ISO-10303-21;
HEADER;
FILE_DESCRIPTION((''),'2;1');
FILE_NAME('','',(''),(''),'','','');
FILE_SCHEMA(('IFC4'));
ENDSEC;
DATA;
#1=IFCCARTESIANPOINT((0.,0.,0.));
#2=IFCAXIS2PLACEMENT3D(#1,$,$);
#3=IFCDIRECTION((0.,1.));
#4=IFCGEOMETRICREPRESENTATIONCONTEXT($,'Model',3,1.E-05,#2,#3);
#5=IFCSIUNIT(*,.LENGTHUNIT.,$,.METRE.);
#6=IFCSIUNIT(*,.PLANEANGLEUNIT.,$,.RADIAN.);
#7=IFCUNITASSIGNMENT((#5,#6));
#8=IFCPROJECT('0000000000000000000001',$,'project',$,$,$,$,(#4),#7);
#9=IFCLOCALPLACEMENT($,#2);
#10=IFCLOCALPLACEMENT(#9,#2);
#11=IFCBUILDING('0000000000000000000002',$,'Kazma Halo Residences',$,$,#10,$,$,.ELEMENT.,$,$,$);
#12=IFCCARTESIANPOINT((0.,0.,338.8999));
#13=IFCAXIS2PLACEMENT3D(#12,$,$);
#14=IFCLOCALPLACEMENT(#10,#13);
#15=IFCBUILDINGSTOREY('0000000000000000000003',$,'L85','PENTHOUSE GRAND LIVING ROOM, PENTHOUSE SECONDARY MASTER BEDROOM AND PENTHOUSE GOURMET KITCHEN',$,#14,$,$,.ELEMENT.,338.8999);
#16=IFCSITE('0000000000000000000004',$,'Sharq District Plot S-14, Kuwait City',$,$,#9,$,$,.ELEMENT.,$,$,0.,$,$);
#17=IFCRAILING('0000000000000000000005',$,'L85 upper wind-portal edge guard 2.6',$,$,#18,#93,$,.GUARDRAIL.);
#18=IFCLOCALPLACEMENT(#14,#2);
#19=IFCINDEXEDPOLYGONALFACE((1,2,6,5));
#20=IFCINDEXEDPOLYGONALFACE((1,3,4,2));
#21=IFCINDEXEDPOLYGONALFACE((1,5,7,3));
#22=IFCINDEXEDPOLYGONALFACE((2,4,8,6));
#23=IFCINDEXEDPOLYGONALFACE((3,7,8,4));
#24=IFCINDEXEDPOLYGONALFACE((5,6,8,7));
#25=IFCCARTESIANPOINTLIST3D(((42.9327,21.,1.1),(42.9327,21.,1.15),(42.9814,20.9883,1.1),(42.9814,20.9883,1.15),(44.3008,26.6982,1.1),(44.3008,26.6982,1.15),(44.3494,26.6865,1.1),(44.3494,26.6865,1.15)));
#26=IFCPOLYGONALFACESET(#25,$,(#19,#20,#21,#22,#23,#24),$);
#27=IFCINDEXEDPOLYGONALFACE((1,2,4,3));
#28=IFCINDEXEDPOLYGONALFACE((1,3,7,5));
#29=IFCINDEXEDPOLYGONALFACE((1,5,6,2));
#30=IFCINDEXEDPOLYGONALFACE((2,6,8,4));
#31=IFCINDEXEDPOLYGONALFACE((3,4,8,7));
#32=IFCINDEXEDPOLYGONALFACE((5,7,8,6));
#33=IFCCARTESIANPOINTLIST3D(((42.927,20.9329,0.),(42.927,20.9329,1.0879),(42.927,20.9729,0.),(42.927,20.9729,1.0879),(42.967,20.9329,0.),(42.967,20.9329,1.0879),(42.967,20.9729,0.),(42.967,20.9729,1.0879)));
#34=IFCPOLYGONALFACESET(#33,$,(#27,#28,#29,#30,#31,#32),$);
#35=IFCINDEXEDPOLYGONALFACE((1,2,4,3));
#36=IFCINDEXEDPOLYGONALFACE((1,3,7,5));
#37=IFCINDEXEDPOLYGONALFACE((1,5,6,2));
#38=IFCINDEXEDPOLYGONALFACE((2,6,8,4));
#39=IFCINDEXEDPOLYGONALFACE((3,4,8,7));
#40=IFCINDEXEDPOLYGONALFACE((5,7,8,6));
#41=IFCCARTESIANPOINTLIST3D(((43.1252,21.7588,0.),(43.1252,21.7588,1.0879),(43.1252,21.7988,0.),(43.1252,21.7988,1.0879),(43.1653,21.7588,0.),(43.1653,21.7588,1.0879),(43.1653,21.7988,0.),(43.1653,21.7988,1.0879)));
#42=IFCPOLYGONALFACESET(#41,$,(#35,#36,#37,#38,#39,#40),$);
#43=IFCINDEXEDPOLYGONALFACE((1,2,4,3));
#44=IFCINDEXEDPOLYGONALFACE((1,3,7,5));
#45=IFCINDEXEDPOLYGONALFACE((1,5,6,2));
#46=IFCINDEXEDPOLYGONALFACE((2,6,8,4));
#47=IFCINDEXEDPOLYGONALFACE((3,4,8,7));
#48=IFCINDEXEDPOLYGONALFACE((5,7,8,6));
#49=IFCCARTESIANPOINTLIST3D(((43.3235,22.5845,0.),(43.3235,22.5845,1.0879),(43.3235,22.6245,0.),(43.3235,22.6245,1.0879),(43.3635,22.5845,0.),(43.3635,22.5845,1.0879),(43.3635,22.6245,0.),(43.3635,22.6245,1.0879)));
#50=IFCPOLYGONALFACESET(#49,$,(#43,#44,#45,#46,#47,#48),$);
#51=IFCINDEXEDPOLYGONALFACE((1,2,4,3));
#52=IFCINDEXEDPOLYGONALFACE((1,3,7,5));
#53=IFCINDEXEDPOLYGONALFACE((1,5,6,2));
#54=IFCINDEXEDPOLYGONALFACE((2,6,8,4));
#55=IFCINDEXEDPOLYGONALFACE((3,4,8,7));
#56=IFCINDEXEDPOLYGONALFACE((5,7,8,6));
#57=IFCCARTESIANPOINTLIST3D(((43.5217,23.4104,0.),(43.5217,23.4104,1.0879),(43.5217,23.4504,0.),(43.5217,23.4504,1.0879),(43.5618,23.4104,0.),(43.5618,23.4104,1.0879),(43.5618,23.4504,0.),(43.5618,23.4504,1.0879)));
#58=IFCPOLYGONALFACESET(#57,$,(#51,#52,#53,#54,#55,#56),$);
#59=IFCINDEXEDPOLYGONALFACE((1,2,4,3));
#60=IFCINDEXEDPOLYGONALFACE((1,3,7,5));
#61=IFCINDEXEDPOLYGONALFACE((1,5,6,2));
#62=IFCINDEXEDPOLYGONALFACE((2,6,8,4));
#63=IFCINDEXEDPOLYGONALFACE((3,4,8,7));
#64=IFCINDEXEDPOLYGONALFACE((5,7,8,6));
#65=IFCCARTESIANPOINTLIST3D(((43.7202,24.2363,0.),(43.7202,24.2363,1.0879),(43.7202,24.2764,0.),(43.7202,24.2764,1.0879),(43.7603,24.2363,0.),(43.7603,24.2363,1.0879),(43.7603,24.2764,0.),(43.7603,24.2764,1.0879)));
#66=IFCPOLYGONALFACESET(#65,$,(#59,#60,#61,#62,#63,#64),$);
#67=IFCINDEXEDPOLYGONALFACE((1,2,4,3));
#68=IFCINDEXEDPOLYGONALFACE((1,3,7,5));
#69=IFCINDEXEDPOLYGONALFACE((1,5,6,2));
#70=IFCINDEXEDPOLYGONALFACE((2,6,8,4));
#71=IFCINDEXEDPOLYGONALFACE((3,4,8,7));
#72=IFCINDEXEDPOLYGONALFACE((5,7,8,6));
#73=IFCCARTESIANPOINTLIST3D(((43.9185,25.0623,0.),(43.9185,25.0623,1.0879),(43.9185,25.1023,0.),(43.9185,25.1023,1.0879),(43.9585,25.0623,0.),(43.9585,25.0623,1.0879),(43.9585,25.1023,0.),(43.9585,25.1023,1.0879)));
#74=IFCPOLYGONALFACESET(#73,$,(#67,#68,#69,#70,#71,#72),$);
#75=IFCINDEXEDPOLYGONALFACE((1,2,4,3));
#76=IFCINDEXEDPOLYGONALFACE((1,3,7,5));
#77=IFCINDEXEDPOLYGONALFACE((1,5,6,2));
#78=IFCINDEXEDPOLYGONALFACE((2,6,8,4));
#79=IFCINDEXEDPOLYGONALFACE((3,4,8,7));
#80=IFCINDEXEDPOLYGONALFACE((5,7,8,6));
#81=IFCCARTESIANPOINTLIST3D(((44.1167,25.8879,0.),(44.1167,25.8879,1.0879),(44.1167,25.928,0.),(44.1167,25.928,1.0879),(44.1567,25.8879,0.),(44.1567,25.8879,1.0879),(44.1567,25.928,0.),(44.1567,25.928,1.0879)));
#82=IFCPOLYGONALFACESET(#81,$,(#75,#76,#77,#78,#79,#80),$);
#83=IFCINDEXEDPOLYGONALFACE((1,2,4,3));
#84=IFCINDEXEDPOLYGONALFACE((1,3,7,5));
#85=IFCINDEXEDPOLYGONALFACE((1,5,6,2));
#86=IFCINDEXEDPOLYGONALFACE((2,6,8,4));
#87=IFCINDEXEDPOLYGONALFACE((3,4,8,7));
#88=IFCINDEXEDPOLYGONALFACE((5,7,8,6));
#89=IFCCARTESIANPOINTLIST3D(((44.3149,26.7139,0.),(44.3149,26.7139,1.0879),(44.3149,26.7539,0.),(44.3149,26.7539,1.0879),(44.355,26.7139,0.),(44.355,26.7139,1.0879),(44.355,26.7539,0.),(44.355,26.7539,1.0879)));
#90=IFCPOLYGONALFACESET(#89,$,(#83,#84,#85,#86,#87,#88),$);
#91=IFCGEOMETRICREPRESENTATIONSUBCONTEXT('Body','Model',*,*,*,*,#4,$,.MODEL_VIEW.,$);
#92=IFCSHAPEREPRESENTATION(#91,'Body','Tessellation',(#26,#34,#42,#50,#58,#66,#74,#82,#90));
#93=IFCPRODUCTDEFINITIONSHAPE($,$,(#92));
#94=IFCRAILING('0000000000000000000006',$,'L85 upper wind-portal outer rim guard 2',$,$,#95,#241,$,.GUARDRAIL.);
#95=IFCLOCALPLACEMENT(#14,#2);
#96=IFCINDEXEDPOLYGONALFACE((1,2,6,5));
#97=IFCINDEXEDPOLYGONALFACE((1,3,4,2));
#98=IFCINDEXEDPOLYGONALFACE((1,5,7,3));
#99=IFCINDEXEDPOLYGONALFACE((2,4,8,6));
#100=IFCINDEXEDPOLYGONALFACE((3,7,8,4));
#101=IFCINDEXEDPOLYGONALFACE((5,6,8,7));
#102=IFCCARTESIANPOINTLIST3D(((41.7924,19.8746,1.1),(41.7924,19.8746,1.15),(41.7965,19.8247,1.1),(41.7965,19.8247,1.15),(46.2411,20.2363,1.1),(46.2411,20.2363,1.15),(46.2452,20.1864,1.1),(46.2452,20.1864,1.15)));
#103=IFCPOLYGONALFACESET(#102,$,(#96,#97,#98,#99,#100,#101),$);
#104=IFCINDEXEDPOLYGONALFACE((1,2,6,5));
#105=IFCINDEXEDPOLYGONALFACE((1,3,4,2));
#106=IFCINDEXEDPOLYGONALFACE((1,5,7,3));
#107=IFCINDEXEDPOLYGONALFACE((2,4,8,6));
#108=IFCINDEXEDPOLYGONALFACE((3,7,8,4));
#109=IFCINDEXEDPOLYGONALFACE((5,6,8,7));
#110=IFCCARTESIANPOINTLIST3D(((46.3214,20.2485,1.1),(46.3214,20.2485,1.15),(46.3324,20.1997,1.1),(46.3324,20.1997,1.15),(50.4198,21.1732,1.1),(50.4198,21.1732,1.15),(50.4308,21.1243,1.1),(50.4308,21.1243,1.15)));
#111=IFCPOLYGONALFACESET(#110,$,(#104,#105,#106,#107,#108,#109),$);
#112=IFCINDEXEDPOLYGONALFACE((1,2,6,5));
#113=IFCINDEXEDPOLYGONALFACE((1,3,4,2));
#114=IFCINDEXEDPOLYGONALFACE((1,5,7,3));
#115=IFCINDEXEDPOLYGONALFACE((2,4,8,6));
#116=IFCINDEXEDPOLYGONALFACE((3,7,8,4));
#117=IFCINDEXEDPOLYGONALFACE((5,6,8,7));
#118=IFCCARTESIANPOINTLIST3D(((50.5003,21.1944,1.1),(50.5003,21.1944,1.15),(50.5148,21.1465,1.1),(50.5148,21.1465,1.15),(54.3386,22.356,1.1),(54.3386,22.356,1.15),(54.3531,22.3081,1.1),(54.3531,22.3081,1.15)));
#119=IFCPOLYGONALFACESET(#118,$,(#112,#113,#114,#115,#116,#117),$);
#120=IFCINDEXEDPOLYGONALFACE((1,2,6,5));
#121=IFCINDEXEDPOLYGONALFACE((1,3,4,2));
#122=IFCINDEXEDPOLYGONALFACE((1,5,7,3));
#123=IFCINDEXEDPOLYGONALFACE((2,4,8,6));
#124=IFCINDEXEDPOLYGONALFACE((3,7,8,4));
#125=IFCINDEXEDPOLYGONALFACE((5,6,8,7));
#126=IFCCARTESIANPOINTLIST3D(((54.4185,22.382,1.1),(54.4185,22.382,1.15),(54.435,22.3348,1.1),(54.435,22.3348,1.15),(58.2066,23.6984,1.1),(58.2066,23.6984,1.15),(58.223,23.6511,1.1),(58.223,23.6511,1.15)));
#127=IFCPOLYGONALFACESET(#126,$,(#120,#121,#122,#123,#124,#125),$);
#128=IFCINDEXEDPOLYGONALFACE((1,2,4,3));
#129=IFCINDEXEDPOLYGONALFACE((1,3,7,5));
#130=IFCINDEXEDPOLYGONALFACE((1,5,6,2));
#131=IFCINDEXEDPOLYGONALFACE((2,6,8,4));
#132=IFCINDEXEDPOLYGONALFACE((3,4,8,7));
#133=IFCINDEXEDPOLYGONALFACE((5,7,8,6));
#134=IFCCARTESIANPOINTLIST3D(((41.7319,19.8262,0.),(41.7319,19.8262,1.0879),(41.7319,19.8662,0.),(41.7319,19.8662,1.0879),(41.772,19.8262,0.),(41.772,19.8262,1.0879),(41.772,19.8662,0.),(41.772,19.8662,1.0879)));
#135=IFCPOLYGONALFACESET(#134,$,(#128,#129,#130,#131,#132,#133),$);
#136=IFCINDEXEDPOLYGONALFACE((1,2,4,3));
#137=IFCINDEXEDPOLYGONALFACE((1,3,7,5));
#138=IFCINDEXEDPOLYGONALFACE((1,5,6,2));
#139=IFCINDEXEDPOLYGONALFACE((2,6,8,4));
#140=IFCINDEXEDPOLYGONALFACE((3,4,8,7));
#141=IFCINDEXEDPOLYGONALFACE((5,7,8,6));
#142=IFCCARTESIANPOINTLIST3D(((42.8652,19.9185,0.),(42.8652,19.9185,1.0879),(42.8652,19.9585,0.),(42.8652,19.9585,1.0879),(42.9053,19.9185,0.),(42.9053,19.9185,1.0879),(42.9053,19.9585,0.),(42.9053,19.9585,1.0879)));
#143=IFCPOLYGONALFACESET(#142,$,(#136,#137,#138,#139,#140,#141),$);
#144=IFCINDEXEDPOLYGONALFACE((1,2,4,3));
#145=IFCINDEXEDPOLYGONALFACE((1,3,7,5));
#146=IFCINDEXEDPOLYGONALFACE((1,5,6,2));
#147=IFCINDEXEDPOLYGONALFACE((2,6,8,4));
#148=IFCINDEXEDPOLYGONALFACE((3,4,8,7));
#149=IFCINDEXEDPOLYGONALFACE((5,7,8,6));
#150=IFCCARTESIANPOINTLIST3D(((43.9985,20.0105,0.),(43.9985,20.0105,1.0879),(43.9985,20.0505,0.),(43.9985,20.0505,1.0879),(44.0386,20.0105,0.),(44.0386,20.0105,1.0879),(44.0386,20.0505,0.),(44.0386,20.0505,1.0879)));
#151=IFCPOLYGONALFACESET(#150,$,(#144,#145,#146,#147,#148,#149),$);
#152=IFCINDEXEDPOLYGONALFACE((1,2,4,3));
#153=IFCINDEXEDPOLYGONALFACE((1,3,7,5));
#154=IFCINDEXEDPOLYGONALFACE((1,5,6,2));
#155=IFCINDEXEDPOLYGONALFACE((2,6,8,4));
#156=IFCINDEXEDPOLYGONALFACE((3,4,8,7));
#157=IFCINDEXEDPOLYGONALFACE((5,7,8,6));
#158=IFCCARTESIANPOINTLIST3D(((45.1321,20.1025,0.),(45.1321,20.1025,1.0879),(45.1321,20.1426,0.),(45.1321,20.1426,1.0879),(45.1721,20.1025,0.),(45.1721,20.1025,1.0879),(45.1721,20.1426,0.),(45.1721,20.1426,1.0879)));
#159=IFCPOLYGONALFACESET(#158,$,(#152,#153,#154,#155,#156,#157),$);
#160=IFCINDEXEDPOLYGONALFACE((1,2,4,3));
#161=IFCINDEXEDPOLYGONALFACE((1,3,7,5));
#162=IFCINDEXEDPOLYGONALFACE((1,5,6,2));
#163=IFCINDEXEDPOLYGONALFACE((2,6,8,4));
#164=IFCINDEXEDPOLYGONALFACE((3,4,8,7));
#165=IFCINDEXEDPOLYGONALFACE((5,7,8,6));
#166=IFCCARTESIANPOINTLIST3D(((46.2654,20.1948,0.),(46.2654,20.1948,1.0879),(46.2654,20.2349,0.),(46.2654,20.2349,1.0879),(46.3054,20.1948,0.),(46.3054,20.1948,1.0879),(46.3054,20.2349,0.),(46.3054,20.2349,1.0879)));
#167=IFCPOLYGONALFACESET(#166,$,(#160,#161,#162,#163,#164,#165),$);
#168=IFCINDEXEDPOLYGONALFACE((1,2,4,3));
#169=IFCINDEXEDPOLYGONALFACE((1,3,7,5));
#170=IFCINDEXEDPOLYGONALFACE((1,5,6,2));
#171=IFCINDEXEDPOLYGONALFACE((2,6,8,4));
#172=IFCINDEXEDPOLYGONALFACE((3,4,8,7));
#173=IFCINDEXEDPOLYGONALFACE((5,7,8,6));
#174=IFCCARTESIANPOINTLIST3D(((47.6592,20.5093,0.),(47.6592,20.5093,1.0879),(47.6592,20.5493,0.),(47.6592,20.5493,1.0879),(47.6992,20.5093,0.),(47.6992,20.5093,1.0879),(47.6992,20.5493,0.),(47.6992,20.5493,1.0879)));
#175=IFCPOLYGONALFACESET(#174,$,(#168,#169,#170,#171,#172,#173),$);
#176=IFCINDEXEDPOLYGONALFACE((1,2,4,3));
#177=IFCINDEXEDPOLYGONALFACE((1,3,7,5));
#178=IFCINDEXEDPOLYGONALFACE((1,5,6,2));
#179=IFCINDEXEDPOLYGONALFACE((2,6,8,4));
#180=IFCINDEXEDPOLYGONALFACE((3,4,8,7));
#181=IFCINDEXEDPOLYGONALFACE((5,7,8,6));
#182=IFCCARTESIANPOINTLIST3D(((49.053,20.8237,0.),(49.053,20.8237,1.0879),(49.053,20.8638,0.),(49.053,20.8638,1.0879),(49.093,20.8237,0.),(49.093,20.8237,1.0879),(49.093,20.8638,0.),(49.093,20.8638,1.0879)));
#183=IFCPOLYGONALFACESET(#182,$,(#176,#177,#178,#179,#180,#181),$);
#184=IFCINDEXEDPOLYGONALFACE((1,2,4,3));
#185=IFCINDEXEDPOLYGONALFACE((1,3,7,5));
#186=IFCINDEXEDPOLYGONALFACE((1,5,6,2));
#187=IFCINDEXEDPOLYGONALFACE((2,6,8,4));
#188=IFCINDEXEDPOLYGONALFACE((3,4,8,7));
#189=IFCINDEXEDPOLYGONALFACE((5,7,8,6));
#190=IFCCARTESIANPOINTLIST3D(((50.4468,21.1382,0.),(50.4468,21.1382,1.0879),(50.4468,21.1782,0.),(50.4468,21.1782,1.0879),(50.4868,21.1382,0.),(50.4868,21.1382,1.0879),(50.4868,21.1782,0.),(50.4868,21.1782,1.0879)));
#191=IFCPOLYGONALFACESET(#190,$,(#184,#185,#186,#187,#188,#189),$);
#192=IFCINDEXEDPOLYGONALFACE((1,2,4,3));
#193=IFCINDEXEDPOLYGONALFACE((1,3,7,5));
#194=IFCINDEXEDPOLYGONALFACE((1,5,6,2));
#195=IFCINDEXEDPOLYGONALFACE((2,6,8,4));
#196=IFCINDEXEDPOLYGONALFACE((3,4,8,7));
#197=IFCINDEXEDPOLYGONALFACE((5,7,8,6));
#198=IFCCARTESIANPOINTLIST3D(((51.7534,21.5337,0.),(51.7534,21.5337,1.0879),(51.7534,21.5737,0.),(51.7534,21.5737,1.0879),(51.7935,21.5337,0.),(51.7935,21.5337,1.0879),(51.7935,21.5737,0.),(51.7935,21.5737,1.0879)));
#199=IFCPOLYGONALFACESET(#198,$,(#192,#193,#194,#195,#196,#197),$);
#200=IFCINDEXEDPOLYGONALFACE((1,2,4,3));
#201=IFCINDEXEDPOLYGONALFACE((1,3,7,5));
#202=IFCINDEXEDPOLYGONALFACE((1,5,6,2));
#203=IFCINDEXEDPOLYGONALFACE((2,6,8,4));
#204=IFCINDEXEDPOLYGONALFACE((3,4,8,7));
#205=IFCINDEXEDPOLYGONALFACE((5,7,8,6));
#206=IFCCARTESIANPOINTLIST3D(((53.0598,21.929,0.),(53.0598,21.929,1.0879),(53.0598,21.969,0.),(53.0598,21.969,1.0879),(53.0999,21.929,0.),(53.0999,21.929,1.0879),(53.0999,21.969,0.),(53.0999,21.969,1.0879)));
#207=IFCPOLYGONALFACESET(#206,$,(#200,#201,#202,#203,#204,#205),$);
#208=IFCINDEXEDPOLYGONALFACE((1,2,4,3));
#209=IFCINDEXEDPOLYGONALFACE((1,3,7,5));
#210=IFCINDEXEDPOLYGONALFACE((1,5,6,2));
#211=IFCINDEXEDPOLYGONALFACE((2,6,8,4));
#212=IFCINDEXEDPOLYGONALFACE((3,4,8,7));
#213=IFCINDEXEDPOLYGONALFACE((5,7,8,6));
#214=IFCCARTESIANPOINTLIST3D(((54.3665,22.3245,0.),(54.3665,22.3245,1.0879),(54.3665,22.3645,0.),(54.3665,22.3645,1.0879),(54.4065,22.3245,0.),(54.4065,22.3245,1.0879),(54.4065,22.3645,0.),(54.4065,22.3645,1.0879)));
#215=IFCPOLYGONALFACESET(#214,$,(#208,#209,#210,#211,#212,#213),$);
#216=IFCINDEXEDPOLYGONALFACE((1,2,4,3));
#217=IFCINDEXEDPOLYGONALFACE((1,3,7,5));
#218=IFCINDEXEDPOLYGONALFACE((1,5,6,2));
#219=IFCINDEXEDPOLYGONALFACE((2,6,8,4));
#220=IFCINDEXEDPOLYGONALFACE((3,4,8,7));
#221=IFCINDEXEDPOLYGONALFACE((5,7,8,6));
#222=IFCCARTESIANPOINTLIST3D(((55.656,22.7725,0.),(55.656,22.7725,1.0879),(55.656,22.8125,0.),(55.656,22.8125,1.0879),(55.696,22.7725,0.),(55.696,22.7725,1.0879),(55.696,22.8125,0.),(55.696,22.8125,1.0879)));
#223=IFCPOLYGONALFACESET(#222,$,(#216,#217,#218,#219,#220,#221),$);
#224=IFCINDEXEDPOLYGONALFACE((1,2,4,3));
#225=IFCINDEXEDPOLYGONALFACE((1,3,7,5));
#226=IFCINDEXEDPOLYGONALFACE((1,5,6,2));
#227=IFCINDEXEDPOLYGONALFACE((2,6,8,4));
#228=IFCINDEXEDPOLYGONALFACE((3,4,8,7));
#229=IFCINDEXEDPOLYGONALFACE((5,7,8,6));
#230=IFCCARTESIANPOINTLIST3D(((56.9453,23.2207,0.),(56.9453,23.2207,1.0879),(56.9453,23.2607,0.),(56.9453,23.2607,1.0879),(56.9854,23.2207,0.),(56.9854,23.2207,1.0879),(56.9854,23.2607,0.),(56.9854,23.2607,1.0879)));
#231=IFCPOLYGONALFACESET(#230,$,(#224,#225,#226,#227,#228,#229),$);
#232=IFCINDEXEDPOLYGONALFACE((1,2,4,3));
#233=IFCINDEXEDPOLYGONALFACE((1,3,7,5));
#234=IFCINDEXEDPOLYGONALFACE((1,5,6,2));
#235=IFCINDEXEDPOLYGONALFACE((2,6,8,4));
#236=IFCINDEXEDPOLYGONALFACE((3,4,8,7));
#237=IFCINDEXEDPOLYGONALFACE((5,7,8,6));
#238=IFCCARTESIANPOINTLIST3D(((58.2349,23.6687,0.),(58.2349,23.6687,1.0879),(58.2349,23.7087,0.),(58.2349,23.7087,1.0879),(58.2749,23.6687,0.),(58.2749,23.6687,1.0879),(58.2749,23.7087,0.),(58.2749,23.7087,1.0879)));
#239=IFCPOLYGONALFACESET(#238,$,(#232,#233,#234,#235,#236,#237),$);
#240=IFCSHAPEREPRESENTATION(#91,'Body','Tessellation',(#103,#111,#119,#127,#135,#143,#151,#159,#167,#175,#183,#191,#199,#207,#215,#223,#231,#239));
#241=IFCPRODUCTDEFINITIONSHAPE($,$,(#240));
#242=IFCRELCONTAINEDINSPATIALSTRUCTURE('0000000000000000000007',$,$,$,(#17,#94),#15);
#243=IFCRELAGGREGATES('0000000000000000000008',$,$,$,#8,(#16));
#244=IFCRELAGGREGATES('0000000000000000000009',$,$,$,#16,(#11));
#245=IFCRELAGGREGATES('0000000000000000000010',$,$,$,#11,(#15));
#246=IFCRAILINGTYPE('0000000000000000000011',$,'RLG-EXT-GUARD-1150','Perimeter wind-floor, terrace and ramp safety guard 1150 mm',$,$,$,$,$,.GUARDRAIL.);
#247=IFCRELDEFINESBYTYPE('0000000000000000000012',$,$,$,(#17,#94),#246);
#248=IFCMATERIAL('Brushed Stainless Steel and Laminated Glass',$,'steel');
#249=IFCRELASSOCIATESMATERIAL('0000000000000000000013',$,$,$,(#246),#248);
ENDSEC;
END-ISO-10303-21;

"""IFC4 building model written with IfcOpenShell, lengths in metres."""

from ifc_helpers import new_model, si_unit, direction, frame, origin, origin_2d, place, context, subcontext, project, spatial, rectangle, extrude, material, type_object, element, save


model = new_model("IFC4")

# Units and contexts
model_context = context("Model", 3, precision=1e-05, world=origin(), true_north=direction((0.0, 1.0)))
body_context = subcontext(model_context, "Body", "Model", "MODEL_VIEW")
ifc_project = project(units=[si_unit("LENGTHUNIT", "METRE"), si_unit("PLANEANGLEUNIT", "RADIAN")], contexts=[model_context])

# Site, building, storey
site_placement = place(None, origin())
site = spatial("IfcSite", under=ifc_project, at=site_placement, Name="Sharq District Plot S-14, Kuwait City", CompositionType="ELEMENT", RefElevation=0.0)
building_placement = place(site_placement, origin())
building = spatial("IfcBuilding", under=site, at=building_placement, Name="Kazma Halo Residences", CompositionType="ELEMENT")
storey_placement = place(building_placement, frame((0.0, 0.0, 338.8999)))
storey = spatial("IfcBuildingStorey", under=building, at=storey_placement, Name="L85", Description="PENTHOUSE GRAND LIVING ROOM, PENTHOUSE SECONDARY MASTER BEDROOM AND PENTHOUSE GOURMET KITCHEN", CompositionType="ELEMENT", Elevation=338.8999)

# Railings
ifc_material_1 = material(Name="Brushed Stainless Steel and Laminated Glass", Category="steel")
railing_type_1 = type_object("IfcRailingType", Name="RLG-EXT-GUARD-1150", Description="Perimeter wind-floor, terrace and ramp safety guard 1150 mm", PredefinedType="GUARDRAIL", material=ifc_material_1)
railing_1_placement = place(storey_placement, frame((42.947, 20.9529, 0.0)))
element("IfcRailing", 1, at=railing_1_placement, inside=storey, type_object=railing_type_1, Name="L85 upper wind-portal edge guard 2.6", PredefinedType="GUARDRAIL", context=body_context, shape_type="SweptSolid", body=[
    extrude(rectangle(XDim=0.05, YDim=0.05, at=origin_2d()), frame((0.01, 0.0413, 1.125), z_axis=(0.233452, 0.972368, 0.0), x_axis=(-0.972368, 0.233452, 0.0)), (0.0, 0.0, 1.0), 5.8601),
    extrude(rectangle(XDim=0.04, YDim=0.04, at=origin_2d()), origin(), (0.0, 0.0, 1.0), 1.0879),
    extrude(rectangle(XDim=0.04, YDim=0.04, at=origin_2d()), frame((0.1982, 0.8259, 0.0)), (0.0, 0.0, 1.0), 1.0879),
    extrude(rectangle(XDim=0.04, YDim=0.04, at=origin_2d()), frame((0.3965, 1.6516, 0.0)), (0.0, 0.0, 1.0), 1.0879),
    extrude(rectangle(XDim=0.04, YDim=0.04, at=origin_2d()), frame((0.5947, 2.4775, 0.0)), (0.0, 0.0, 1.0), 1.0879),
    extrude(rectangle(XDim=0.04, YDim=0.04, at=origin_2d()), frame((0.7932, 3.3035, 0.0)), (0.0, 0.0, 1.0), 1.0879),
    extrude(rectangle(XDim=0.04, YDim=0.04, at=origin_2d()), frame((0.9915, 4.1294, 0.0)), (0.0, 0.0, 1.0), 1.0879),
    extrude(rectangle(XDim=0.04, YDim=0.04, at=origin_2d()), frame((1.1897, 4.9551, 0.0)), (0.0, 0.0, 1.0), 1.0879),
    extrude(rectangle(XDim=0.04, YDim=0.04, at=origin_2d()), frame((1.3879, 5.781, 0.0)), (0.0, 0.0, 1.0), 1.0879),
])
railing_2_placement = place(storey_placement, frame((41.752, 19.8462, 0.0)))
element("IfcRailing", 2, at=railing_2_placement, inside=storey, type_object=railing_type_1, Name="L85 upper wind-portal outer rim guard 2", PredefinedType="GUARDRAIL", context=body_context, shape_type="SweptSolid", body=[
    extrude(rectangle(XDim=0.05, YDim=0.05, at=origin_2d()), frame((0.0425, 0.0034, 1.125), z_axis=(0.99671, 0.081051, 0.0), x_axis=(-0.081051, 0.99671, 0.0)), (0.0, 0.0, 1.0), 4.4634),
    extrude(rectangle(XDim=0.05, YDim=0.05, at=origin_2d()), frame((4.575, 0.3779, 1.125), z_axis=(0.975482, 0.220077, 0.0), x_axis=(-0.220077, 0.975482, 0.0)), (0.0, 0.0, 1.0), 4.2014),
    extrude(rectangle(XDim=0.05, YDim=0.05, at=origin_2d()), frame((8.7556, 1.3242, 1.125), z_axis=(0.957126, 0.289671, 0.0), x_axis=(-0.289671, 0.957126, 0.0)), (0.0, 0.0, 1.0), 4.0103),
    extrude(rectangle(XDim=0.05, YDim=0.05, at=origin_2d()), frame((12.6748, 2.5122, 1.125), z_axis=(0.944595, 0.328239, 0.0), x_axis=(-0.328239, 0.944595, 0.0)), (0.0, 0.0, 1.0), 4.0103),
    extrude(rectangle(XDim=0.04, YDim=0.04, at=origin_2d()), origin(), (0.0, 0.0, 1.0), 1.0879),
    extrude(rectangle(XDim=0.04, YDim=0.04, at=origin_2d()), frame((1.1333, 0.0923, 0.0)), (0.0, 0.0, 1.0), 1.0879),
    extrude(rectangle(XDim=0.04, YDim=0.04, at=origin_2d()), frame((2.2666, 0.1843, 0.0)), (0.0, 0.0, 1.0), 1.0879),
    extrude(rectangle(XDim=0.04, YDim=0.04, at=origin_2d()), frame((3.4001, 0.2764, 0.0)), (0.0, 0.0, 1.0), 1.0879),
    extrude(rectangle(XDim=0.04, YDim=0.04, at=origin_2d()), frame((4.5334, 0.3687, 0.0)), (0.0, 0.0, 1.0), 1.0879),
    extrude(rectangle(XDim=0.04, YDim=0.04, at=origin_2d()), frame((5.9272, 0.6831, 0.0)), (0.0, 0.0, 1.0), 1.0879),
    extrude(rectangle(XDim=0.04, YDim=0.04, at=origin_2d()), frame((7.321, 0.9976, 0.0)), (0.0, 0.0, 1.0), 1.0879),
    extrude(rectangle(XDim=0.04, YDim=0.04, at=origin_2d()), frame((8.7148, 1.312, 0.0)), (0.0, 0.0, 1.0), 1.0879),
    extrude(rectangle(XDim=0.04, YDim=0.04, at=origin_2d()), frame((10.0215, 1.7075, 0.0)), (0.0, 0.0, 1.0), 1.0879),
    extrude(rectangle(XDim=0.04, YDim=0.04, at=origin_2d()), frame((11.3279, 2.1028, 0.0)), (0.0, 0.0, 1.0), 1.0879),
    extrude(rectangle(XDim=0.04, YDim=0.04, at=origin_2d()), frame((12.6345, 2.4983, 0.0)), (0.0, 0.0, 1.0), 1.0879),
    extrude(rectangle(XDim=0.04, YDim=0.04, at=origin_2d()), frame((13.9241, 2.9463, 0.0)), (0.0, 0.0, 1.0), 1.0879),
    extrude(rectangle(XDim=0.04, YDim=0.04, at=origin_2d()), frame((15.2134, 3.3945, 0.0)), (0.0, 0.0, 1.0), 1.0879),
    extrude(rectangle(XDim=0.04, YDim=0.04, at=origin_2d()), frame((16.5029, 3.8425, 0.0)), (0.0, 0.0, 1.0), 1.0879),
])

save(model, "model.ifc")
